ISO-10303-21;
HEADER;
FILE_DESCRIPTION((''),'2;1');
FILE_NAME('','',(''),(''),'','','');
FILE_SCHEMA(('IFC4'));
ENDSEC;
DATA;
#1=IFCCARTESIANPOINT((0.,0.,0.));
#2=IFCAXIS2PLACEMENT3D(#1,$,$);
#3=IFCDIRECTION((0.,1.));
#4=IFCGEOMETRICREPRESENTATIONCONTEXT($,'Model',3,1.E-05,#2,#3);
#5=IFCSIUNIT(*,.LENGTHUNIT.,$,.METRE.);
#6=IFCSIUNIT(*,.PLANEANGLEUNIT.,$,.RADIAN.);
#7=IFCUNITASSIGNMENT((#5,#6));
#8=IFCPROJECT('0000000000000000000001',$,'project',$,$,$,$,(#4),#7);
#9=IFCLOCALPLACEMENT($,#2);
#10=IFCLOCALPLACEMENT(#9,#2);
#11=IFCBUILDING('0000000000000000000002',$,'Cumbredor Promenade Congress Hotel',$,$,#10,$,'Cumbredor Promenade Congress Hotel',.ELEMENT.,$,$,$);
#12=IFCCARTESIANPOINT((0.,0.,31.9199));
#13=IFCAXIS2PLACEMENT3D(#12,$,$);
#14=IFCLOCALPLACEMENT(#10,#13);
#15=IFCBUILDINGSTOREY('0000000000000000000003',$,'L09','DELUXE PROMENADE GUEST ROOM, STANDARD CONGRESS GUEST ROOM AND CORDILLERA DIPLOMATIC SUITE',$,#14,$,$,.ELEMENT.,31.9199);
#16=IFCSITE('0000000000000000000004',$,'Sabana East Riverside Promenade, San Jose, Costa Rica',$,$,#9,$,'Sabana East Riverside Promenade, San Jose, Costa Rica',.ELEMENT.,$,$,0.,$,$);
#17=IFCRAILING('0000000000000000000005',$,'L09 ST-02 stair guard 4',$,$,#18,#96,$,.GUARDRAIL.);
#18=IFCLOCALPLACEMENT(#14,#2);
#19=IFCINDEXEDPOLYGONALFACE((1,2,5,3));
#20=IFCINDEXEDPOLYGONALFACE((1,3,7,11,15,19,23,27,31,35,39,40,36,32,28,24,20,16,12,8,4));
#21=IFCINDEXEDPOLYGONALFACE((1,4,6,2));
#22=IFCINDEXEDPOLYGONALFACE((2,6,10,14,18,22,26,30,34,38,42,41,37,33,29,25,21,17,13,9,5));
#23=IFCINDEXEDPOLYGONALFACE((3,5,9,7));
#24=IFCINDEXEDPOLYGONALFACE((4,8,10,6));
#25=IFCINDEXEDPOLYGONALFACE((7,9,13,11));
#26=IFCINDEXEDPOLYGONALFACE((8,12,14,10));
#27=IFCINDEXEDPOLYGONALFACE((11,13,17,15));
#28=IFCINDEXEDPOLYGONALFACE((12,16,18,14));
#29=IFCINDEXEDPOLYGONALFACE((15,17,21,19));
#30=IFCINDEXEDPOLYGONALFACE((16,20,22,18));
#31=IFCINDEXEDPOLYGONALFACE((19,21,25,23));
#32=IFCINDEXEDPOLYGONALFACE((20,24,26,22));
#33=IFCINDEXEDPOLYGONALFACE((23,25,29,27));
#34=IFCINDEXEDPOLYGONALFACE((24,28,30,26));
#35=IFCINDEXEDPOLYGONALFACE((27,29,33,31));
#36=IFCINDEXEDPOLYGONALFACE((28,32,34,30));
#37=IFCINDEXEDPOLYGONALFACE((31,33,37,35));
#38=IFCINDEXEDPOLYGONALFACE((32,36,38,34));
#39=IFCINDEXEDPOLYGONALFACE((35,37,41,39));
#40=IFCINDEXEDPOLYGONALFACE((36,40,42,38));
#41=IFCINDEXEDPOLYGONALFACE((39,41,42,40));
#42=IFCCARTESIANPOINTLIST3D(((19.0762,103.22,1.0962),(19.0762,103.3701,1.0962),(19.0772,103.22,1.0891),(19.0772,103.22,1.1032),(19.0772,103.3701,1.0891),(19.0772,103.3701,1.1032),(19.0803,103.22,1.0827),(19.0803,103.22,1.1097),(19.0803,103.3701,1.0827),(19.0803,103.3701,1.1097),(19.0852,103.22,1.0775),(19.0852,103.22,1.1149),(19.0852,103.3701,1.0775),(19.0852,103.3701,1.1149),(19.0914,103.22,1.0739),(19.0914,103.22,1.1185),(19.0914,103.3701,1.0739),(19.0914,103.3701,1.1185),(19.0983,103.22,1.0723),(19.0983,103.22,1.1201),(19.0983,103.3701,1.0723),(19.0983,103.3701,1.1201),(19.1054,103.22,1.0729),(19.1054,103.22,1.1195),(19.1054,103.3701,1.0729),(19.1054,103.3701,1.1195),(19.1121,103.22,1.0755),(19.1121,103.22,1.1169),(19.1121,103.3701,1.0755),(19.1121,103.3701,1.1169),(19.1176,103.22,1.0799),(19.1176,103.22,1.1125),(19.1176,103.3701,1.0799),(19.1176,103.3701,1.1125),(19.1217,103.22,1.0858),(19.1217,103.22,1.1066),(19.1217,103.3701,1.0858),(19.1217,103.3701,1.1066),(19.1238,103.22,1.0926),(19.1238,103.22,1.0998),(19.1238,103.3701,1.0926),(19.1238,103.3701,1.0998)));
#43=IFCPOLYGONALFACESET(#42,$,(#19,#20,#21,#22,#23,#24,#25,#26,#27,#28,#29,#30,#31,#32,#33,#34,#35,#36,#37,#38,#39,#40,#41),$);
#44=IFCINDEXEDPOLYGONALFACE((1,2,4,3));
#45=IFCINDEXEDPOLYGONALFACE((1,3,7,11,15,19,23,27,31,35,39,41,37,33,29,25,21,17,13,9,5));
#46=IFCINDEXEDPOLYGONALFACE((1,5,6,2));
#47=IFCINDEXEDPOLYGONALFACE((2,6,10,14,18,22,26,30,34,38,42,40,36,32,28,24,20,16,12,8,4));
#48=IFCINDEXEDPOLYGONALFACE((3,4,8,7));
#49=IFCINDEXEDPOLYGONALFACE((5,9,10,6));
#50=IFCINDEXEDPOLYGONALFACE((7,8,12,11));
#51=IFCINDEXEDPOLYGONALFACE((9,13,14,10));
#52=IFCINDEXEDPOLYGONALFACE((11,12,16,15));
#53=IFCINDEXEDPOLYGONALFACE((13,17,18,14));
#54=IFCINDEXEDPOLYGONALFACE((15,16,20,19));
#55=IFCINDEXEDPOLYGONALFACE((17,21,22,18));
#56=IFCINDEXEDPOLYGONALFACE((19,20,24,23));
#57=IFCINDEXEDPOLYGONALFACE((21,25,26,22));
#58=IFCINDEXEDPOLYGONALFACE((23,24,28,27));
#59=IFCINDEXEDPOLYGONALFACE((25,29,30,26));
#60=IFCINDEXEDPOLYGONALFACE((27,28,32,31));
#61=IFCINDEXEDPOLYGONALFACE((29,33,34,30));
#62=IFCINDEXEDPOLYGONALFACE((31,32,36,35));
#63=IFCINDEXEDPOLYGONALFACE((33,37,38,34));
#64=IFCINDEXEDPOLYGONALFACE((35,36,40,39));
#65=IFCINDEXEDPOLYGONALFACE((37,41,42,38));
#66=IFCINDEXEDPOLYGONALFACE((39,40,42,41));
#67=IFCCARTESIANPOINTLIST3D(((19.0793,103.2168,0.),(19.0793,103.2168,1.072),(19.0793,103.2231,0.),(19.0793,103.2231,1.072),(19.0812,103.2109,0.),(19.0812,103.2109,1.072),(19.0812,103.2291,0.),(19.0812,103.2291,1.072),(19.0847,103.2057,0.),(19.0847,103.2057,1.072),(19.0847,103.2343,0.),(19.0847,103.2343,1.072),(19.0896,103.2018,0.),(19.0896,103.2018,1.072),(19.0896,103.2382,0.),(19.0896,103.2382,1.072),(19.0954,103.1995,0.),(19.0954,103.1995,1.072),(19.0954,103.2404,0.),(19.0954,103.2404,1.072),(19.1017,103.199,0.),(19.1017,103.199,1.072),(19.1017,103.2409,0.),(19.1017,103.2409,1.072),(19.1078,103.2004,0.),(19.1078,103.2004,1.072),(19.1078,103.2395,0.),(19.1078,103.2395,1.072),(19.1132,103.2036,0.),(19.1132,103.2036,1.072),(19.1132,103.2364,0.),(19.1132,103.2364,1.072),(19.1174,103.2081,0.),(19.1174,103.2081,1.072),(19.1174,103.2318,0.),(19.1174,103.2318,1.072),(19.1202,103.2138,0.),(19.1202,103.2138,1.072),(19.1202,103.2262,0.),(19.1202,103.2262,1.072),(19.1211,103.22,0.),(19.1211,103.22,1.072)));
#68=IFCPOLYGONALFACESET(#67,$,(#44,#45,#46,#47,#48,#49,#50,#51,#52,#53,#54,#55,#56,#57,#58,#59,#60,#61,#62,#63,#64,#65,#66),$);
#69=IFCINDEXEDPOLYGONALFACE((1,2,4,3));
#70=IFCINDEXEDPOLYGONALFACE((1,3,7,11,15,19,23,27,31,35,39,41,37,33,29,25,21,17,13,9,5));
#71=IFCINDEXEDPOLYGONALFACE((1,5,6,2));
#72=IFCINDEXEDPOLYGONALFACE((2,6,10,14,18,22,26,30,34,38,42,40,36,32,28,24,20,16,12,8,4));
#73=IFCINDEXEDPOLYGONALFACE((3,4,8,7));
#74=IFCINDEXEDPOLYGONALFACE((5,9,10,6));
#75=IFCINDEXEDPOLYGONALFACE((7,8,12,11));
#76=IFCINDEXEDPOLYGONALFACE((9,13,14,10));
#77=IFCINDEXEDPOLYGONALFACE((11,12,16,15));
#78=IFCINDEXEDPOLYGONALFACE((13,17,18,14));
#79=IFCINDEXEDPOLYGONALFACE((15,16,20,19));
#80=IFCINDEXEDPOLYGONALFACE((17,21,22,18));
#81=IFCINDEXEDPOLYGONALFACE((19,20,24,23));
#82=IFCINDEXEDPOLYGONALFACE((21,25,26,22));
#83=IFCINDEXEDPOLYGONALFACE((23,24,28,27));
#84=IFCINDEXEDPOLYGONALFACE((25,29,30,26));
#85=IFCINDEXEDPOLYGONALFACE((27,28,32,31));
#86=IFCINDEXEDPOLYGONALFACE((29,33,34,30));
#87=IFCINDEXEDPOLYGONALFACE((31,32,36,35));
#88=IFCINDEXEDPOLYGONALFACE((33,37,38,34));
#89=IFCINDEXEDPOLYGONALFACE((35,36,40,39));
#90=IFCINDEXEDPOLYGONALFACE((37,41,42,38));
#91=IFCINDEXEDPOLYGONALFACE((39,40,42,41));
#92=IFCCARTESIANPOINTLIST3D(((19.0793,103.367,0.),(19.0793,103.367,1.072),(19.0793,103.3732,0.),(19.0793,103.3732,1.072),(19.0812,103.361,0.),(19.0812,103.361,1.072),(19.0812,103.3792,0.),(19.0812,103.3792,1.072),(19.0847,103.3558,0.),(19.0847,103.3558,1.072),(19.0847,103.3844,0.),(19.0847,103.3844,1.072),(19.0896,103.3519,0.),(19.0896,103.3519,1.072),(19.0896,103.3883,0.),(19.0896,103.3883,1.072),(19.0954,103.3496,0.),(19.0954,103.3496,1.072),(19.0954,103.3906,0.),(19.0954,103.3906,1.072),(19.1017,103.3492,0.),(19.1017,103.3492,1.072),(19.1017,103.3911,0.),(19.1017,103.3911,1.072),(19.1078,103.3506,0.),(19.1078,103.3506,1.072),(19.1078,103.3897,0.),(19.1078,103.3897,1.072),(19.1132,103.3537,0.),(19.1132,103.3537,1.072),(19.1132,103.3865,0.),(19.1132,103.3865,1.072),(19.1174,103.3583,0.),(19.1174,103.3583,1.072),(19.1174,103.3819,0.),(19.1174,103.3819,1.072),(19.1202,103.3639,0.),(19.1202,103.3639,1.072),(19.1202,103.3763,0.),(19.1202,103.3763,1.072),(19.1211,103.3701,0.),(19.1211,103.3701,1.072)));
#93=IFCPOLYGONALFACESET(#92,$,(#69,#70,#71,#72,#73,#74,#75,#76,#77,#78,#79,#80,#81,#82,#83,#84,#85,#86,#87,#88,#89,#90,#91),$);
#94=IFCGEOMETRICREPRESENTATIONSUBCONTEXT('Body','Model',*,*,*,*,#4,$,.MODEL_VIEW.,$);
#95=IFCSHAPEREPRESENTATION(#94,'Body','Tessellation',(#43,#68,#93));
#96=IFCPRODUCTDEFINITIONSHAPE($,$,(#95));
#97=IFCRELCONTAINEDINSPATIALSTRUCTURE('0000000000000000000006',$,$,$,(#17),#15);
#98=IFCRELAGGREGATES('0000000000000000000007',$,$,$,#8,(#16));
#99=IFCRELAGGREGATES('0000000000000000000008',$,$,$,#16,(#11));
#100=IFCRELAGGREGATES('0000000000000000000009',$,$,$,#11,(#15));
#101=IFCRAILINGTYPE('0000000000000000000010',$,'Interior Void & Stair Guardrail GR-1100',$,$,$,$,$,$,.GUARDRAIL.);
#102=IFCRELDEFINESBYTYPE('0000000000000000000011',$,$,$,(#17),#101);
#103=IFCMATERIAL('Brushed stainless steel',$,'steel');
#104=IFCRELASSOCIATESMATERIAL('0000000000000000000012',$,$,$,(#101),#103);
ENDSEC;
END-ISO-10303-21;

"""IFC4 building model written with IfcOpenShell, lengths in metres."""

from ifc_helpers import new_model, si_unit, direction, frame, origin, origin_2d, place, context, subcontext, project, spatial, circle, extrude, material, type_object, element, save


model = new_model("IFC4")

# Units and contexts
model_context = context("Model", 3, precision=1e-05, world=origin(), true_north=direction((0.0, 1.0)))
body_context = subcontext(model_context, "Body", "Model", "MODEL_VIEW")
ifc_project = project(units=[si_unit("LENGTHUNIT", "METRE"), si_unit("PLANEANGLEUNIT", "RADIAN")], contexts=[model_context])

# Site, building, storey
site_placement = place(None, origin())
site = spatial("IfcSite", under=ifc_project, at=site_placement, Name="Sabana East Riverside Promenade, San Jose, Costa Rica", LongName="Sabana East Riverside Promenade, San Jose, Costa Rica", CompositionType="ELEMENT", RefElevation=0.0)
building_placement = place(site_placement, origin())
building = spatial("IfcBuilding", under=site, at=building_placement, Name="Cumbredor Promenade Congress Hotel", LongName="Cumbredor Promenade Congress Hotel", CompositionType="ELEMENT")
storey_placement = place(building_placement, frame((0.0, 0.0, 31.9199)))
storey = spatial("IfcBuildingStorey", under=building, at=storey_placement, Name="L09", Description="DELUXE PROMENADE GUEST ROOM, STANDARD CONGRESS GUEST ROOM AND CORDILLERA DIPLOMATIC SUITE", CompositionType="ELEMENT", Elevation=31.9199)

# Railing
ifc_material_1 = material(Name="Brushed stainless steel", Category="steel")
railing_type_1 = type_object("IfcRailingType", Name="Interior Void & Stair Guardrail GR-1100", PredefinedType="GUARDRAIL", material=ifc_material_1)
railing_1_placement = place(storey_placement, frame((19.1001, 103.22, 0.0)))
element("IfcRailing", 1, at=railing_1_placement, inside=storey, type_object=railing_type_1, Name="L09 ST-02 stair guard 4", PredefinedType="GUARDRAIL", context=body_context, shape_type="SweptSolid", body=[
    extrude(circle(Radius=0.0239, at=origin_2d()), frame((0.0, 0.0, 1.0962), z_axis=(0.0, 1.0, 0.0), x_axis=(-1.0, 0.0, 0.0)), (0.0, 0.0, 1.0), 0.1501),
    extrude(circle(Radius=0.021, at=origin_2d()), origin(), (0.0, 0.0, 1.0), 1.072),
    extrude(circle(Radius=0.021, at=origin_2d()), frame((0.0, 0.1501, 0.0)), (0.0, 0.0, 1.0), 1.072),
])

save(model, "model.ifc")
